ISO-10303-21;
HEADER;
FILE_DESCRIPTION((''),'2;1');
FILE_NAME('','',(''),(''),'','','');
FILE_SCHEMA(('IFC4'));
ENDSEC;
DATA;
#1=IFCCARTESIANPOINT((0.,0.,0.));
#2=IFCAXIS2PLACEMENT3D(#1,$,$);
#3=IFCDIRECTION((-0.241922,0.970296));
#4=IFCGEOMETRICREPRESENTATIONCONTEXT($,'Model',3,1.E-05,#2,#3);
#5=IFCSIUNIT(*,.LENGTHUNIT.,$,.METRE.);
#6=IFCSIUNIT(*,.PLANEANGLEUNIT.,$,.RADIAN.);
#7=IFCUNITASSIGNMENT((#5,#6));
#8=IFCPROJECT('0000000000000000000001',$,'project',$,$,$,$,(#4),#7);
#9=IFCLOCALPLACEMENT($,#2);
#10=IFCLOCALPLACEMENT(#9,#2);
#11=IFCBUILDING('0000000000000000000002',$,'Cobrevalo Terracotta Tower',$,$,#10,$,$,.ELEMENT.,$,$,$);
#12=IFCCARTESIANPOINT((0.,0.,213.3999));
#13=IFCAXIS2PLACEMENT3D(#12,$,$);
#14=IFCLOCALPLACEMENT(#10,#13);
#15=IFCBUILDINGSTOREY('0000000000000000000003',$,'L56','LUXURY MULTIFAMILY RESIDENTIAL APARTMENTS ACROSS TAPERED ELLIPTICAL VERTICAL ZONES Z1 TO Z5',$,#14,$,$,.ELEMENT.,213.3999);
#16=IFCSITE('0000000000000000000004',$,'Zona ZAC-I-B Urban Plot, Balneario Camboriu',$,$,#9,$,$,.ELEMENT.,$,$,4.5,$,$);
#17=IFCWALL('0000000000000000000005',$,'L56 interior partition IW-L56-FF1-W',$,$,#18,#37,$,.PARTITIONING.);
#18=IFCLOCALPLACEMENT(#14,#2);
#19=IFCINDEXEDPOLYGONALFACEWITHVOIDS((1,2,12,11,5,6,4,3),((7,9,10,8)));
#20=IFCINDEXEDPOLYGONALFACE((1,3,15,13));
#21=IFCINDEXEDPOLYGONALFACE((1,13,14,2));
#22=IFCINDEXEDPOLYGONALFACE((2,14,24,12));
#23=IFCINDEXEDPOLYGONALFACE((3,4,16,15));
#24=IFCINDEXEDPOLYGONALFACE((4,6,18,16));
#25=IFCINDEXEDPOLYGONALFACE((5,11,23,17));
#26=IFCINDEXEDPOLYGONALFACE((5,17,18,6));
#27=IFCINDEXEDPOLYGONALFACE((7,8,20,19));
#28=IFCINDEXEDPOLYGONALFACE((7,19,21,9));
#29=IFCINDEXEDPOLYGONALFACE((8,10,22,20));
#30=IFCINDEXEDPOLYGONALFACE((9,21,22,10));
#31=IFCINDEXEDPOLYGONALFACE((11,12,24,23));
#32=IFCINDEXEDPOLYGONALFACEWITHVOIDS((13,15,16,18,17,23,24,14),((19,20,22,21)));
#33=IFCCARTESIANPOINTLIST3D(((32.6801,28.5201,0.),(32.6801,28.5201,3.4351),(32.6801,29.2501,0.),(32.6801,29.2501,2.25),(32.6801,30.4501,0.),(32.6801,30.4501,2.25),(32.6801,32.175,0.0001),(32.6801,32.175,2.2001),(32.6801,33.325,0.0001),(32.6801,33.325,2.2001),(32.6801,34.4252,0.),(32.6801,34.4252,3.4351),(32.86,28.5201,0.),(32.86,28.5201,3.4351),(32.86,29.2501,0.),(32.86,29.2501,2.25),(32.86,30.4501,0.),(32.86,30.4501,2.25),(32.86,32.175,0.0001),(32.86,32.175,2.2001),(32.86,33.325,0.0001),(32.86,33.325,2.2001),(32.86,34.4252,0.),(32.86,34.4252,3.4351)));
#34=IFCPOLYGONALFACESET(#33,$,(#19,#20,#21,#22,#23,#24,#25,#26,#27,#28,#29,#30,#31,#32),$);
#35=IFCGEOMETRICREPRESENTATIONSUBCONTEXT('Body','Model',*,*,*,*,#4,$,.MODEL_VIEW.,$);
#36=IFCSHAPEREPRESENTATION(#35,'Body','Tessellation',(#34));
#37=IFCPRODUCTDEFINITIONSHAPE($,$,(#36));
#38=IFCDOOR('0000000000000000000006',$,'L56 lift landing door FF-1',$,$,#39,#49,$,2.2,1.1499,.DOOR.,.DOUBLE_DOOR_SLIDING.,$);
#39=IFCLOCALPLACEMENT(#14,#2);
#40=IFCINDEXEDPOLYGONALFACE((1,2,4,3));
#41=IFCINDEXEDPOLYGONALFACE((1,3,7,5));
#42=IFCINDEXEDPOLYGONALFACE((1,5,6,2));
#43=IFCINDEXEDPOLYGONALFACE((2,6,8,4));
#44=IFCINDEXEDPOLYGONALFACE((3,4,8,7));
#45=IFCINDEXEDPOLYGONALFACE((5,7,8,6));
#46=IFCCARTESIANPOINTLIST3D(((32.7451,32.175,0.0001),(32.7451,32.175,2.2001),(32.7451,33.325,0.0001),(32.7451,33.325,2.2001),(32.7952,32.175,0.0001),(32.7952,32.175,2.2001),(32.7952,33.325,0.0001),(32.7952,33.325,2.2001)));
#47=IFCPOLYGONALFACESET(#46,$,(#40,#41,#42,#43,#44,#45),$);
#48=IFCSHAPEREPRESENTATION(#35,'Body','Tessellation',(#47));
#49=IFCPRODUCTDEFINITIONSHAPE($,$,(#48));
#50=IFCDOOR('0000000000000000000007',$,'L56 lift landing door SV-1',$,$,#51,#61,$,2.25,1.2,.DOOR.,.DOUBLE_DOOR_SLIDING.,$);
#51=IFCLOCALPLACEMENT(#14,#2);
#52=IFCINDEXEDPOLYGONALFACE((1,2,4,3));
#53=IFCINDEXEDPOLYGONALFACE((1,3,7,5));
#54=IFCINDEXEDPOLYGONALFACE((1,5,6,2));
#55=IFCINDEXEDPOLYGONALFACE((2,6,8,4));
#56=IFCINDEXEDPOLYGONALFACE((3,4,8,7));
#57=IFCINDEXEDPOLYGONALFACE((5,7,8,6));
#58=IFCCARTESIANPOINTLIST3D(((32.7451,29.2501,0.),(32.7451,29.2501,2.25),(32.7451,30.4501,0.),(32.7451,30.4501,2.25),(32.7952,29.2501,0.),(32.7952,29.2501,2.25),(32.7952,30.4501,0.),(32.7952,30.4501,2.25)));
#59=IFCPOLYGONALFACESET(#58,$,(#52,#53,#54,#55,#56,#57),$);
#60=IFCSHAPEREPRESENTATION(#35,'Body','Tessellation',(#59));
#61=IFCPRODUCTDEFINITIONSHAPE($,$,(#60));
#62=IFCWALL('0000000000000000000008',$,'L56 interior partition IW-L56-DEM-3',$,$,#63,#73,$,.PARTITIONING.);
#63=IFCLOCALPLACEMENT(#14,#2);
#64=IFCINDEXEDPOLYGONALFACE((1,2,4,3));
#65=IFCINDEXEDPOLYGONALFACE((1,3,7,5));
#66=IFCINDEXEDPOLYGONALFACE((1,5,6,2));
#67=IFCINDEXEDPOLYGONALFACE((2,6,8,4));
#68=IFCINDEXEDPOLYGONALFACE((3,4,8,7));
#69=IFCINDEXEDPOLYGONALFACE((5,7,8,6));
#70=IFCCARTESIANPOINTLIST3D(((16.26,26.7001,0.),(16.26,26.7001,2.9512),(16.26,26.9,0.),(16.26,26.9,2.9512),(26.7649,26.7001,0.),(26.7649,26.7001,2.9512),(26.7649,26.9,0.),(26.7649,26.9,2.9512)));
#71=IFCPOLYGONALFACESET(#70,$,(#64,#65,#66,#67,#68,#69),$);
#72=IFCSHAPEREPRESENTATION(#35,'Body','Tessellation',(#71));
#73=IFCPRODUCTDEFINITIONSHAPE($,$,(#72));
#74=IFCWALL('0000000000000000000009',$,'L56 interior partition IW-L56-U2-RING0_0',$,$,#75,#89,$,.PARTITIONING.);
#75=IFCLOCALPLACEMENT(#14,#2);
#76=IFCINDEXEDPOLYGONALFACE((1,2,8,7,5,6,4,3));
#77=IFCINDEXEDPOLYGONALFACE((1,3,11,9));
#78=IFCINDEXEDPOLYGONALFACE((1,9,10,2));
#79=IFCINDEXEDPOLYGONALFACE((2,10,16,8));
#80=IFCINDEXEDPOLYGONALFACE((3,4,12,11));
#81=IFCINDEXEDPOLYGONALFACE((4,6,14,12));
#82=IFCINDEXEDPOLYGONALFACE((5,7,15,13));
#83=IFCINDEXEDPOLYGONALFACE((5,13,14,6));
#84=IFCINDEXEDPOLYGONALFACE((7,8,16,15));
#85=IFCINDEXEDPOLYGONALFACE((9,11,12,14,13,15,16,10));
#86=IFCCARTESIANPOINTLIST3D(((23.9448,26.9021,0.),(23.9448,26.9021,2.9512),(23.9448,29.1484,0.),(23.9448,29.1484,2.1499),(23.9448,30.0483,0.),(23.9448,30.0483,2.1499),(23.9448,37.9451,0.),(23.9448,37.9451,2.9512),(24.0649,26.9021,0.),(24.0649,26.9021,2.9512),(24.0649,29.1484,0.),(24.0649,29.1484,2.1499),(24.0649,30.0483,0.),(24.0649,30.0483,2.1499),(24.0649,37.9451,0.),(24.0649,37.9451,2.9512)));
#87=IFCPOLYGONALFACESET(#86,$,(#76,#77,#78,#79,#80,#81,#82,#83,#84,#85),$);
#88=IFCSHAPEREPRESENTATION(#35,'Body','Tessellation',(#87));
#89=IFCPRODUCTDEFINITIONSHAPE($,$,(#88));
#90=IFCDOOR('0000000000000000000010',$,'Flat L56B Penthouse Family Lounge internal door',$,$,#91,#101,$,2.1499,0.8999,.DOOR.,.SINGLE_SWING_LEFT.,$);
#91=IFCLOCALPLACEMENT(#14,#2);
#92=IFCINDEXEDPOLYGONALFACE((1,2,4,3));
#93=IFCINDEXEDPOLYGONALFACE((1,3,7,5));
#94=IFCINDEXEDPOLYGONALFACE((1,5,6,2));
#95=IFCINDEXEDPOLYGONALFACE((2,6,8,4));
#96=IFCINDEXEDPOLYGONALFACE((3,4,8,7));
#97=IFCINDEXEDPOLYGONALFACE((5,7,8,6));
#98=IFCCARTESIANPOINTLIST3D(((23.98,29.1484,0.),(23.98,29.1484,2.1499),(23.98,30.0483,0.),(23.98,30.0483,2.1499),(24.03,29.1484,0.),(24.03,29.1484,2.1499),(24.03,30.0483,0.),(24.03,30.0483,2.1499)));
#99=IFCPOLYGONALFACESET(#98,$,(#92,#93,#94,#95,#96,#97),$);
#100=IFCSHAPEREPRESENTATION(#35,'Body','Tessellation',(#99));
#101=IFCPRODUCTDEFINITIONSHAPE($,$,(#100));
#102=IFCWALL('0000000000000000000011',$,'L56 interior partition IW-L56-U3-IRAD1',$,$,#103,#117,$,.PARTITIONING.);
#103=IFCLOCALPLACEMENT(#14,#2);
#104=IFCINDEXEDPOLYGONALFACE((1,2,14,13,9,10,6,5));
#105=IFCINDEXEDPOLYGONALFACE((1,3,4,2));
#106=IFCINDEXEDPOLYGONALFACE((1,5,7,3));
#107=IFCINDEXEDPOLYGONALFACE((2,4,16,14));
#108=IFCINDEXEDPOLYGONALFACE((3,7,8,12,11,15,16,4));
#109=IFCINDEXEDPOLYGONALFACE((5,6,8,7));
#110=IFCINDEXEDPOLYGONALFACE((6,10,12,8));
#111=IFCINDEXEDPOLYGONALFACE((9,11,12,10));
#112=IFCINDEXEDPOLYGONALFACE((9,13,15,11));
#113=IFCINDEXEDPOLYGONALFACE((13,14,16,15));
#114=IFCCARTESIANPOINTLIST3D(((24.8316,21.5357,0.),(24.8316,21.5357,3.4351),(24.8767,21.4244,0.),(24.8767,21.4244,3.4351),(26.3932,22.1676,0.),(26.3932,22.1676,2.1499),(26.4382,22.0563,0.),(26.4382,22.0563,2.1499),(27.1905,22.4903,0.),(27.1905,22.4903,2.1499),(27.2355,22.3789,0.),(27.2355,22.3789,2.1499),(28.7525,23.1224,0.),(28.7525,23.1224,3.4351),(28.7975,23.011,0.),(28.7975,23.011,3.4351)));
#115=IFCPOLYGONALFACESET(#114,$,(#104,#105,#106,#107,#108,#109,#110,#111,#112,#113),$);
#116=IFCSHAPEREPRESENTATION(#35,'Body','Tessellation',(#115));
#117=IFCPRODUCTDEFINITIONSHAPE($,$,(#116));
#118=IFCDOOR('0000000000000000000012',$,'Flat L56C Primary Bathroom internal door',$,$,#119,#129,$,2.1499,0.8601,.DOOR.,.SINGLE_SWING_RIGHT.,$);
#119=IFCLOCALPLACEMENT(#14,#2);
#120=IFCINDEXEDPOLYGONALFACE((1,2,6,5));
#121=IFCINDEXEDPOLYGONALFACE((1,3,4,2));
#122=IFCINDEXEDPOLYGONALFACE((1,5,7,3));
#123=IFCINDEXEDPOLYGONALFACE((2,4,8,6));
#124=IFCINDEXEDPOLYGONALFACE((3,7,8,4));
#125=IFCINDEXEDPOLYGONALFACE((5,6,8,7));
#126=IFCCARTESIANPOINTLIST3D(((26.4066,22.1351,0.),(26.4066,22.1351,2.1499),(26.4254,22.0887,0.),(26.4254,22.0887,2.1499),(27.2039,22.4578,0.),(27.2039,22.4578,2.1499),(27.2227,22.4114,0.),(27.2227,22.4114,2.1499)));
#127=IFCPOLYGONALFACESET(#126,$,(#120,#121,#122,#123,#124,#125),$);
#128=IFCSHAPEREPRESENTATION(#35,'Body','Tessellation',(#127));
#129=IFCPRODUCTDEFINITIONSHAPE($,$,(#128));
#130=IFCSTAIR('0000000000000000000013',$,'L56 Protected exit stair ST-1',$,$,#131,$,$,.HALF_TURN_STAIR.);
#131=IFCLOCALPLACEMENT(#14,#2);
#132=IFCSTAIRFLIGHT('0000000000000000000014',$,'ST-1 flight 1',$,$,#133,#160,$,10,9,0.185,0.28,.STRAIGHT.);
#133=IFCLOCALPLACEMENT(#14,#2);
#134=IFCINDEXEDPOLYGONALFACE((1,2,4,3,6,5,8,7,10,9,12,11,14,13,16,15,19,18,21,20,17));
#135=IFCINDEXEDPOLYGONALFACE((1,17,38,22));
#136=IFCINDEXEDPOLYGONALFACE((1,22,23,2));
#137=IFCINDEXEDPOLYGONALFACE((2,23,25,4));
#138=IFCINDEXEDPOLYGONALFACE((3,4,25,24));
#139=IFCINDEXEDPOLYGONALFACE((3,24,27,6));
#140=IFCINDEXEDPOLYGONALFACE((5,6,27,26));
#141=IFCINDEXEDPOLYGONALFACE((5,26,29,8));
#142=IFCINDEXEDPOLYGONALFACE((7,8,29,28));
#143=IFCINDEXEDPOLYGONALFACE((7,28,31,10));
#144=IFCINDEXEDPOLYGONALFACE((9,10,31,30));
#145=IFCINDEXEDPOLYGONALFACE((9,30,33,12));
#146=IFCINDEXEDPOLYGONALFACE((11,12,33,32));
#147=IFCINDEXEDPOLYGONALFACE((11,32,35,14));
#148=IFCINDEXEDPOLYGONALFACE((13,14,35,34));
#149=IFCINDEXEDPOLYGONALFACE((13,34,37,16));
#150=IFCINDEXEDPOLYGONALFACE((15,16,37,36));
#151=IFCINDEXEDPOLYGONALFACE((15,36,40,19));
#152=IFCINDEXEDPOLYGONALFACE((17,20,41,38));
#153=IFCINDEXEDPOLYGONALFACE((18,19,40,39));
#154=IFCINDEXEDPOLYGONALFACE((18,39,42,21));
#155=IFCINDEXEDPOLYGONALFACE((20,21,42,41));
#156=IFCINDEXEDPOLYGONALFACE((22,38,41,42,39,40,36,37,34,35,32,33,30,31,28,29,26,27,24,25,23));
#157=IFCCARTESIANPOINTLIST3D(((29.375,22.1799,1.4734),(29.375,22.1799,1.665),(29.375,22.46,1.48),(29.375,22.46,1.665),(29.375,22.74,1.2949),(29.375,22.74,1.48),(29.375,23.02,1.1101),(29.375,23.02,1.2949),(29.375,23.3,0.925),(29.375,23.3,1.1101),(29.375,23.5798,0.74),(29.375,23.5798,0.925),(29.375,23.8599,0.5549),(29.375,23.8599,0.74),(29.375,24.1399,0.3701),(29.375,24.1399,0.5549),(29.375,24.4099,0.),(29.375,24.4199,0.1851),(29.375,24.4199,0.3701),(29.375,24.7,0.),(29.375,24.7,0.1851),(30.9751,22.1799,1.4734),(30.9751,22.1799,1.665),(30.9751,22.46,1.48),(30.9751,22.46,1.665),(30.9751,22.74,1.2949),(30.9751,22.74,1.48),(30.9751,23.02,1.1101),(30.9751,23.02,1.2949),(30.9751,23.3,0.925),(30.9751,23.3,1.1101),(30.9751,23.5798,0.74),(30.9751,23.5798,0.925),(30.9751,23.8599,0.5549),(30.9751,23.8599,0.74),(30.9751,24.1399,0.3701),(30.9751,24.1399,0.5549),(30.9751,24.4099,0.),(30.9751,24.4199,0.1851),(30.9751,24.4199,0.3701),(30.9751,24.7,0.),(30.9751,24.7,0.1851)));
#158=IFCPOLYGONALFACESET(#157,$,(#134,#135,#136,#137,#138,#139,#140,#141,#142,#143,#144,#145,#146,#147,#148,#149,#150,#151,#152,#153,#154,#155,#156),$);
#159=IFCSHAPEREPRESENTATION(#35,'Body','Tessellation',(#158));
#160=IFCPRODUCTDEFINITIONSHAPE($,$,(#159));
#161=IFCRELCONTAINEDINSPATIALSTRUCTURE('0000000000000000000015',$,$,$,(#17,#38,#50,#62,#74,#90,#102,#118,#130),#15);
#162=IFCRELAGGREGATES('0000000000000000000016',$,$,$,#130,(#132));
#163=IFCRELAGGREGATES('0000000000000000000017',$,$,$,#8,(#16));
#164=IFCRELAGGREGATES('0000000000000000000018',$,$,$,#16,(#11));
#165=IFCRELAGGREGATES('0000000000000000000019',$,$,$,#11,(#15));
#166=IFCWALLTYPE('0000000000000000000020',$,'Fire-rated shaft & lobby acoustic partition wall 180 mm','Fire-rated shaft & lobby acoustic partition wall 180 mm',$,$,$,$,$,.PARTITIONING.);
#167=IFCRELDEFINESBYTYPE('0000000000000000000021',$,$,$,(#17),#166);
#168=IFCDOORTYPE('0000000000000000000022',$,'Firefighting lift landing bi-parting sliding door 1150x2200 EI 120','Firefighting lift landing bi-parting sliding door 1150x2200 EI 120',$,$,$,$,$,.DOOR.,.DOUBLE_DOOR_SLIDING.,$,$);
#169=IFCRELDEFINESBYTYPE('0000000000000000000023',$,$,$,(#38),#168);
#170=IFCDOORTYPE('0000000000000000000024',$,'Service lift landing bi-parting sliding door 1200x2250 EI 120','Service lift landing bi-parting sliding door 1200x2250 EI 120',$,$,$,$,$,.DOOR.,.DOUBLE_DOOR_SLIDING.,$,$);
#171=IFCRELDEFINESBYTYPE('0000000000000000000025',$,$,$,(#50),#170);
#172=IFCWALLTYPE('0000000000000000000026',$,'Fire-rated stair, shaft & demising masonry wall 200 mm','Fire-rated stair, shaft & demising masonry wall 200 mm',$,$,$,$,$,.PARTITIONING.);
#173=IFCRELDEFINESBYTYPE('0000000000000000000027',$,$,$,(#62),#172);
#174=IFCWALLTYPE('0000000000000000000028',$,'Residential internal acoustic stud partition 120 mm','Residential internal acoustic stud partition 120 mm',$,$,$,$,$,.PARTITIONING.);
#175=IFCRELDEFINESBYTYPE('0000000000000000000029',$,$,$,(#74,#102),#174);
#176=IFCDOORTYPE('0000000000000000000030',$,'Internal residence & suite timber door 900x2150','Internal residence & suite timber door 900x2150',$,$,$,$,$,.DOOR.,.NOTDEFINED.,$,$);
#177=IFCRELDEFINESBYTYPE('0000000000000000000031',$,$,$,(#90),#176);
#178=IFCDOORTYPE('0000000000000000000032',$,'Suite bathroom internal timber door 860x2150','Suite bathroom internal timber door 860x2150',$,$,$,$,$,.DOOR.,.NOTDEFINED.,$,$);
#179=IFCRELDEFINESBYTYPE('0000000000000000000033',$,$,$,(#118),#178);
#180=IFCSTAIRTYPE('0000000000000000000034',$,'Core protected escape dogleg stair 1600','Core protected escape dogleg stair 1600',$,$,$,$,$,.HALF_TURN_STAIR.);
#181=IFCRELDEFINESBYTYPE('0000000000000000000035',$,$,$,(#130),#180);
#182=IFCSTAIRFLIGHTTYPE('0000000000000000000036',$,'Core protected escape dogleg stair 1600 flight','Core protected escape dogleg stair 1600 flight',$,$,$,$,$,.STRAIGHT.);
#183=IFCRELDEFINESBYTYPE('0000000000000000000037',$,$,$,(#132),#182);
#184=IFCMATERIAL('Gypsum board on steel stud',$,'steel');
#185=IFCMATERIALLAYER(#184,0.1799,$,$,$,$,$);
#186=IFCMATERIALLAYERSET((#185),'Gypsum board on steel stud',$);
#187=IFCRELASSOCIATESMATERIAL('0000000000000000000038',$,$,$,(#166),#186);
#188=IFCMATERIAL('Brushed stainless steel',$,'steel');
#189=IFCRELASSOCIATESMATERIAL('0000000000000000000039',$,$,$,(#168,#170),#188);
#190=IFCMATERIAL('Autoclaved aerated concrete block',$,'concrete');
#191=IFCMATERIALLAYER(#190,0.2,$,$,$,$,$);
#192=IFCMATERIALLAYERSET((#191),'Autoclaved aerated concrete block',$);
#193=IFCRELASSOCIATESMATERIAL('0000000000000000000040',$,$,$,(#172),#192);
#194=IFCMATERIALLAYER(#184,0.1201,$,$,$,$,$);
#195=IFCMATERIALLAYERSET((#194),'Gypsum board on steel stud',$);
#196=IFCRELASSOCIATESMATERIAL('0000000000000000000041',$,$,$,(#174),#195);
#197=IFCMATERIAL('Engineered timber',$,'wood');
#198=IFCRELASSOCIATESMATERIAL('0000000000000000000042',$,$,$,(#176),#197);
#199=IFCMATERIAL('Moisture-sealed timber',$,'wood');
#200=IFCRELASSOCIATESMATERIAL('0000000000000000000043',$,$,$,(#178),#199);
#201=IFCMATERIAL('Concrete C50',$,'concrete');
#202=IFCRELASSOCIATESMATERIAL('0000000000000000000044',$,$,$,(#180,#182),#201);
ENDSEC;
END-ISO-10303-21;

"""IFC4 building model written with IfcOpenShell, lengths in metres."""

from ifc_helpers import new_model, si_unit, direction, frame, frame_2d, origin, place, context, subcontext, project, spatial, polyline, rectangle, outline, extrude, source, transform, mapped, material, layer, layer_set, type_object, element, fill, aggregate, save


model = new_model("IFC4")

# Units and contexts
model_context = context("Model", 3, precision=1e-05, world=origin(), true_north=direction((-0.241922, 0.970296)))
body_context = subcontext(model_context, "Body", "Model", "MODEL_VIEW")
ifc_project = project(units=[si_unit("LENGTHUNIT", "METRE"), si_unit("PLANEANGLEUNIT", "RADIAN")], contexts=[model_context])

# Site, building, storey
site_placement = place(None, origin())
site = spatial("IfcSite", under=ifc_project, at=site_placement, Name="Zona ZAC-I-B Urban Plot, Balneario Camboriu", CompositionType="ELEMENT", RefElevation=4.5)
building_placement = place(site_placement, origin())
building = spatial("IfcBuilding", under=site, at=building_placement, Name="Cobrevalo Terracotta Tower", CompositionType="ELEMENT")
storey_placement = place(building_placement, frame((0.0, 0.0, 213.3999)))
storey = spatial("IfcBuildingStorey", under=building, at=storey_placement, Name="L56", Description="LUXURY MULTIFAMILY RESIDENTIAL APARTMENTS ACROSS TAPERED ELLIPTICAL VERTICAL ZONES Z1 TO Z5", CompositionType="ELEMENT", Elevation=213.3999)

# Shared definitions
ifc_material_1 = material(Name="Gypsum board on steel stud", Category="steel")

# Shared definitions
ifc_layer_1 = layer(ifc_material_1, 0.1799)
ifc_layer_set_1 = layer_set([ifc_layer_1], Name="Gypsum board on steel stud")
wall_type_1 = type_object("IfcWallType", Name="Fire-rated shaft & lobby acoustic partition wall 180 mm", Description="Fire-rated shaft & lobby acoustic partition wall 180 mm", PredefinedType="PARTITIONING", material=ifc_layer_set_1)

# Wall, openings, doors
wall_1_placement = place(storey_placement, frame((32.77, 28.52, 0.0), z_axis=(0.0, 0.0, 1.0), x_axis=(0.0, 1.0, 0.0)))
wall_1 = element("IfcWall", 1, at=wall_1_placement, inside=storey, type_object=wall_type_1, Name="L56 interior partition IW-L56-FF1-W", PredefinedType="PARTITIONING", context=body_context, shape_type="SweptSolid", body=[
    extrude(rectangle(XDim=5.905, YDim=0.1799, at=frame_2d((2.9526, 0.0))), origin(), (0.0, 0.0, 1.0), 3.4351),
])
opening_1_placement = place(wall_1_placement, frame((3.655, 0.0, 0.0)))
opening_1 = element("IfcOpeningElement", 2, at=opening_1_placement, cuts=wall_1, PredefinedType="OPENING", context=body_context, shape_type="SweptSolid", body=[
    extrude(rectangle(XDim=1.1499, YDim=2.2, at=frame_2d((0.575, 1.1001))), frame((0.0, 0.1001, 0.0), z_axis=(0.0, -1.0, 0.0), x_axis=(1.0, 0.0, 0.0)), (0.0, 0.0, 1.0), 0.2),
])
opening_2_placement = place(wall_1_placement, frame((0.73, 0.0, 0.0)))
opening_2 = element("IfcOpeningElement", 3, at=opening_2_placement, cuts=wall_1, PredefinedType="OPENING", context=body_context, shape_type="SweptSolid", body=[
    extrude(rectangle(XDim=1.2, YDim=2.25, at=frame_2d((0.6001, 1.125))), frame((0.0, 0.1001, 0.0), z_axis=(0.0, -1.0, 0.0), x_axis=(1.0, 0.0, 0.0)), (0.0, 0.0, 1.0), 0.2),
])
ifc_material_2 = material(Name="Brushed stainless steel", Category="steel")
door_type_1 = type_object("IfcDoorType", Name="Firefighting lift landing bi-parting sliding door 1150x2200 EI 120", Description="Firefighting lift landing bi-parting sliding door 1150x2200 EI 120", OperationType="DOUBLE_DOOR_SLIDING", PredefinedType="DOOR", material=ifc_material_2)
shared_shape_1 = source(origin(), body_context, "Body", "SweptSolid", [
    extrude(rectangle(XDim=1.1499, YDim=2.2, at=frame_2d((0.575, 1.1001))), frame((0.0, 0.0249, 0.0), z_axis=(0.0, -1.0, 0.0), x_axis=(1.0, 0.0, 0.0)), (0.0, 0.0, 1.0), 0.05),
])
door_1_placement = place(opening_1_placement, origin())
door_1 = element("IfcDoor", 4, at=door_1_placement, inside=storey, type_object=door_type_1, Name="L56 lift landing door FF-1", OperationType="DOUBLE_DOOR_SLIDING", OverallHeight=2.2, OverallWidth=1.1499, PredefinedType="DOOR", context=body_context, shape_type="MappedRepresentation", body=[
    mapped(shared_shape_1, transform((0.0, 0.0, 0.0), scale=1.0)),
])
fill(opening_1, door_1)
door_type_2 = type_object("IfcDoorType", Name="Service lift landing bi-parting sliding door 1200x2250 EI 120", Description="Service lift landing bi-parting sliding door 1200x2250 EI 120", OperationType="DOUBLE_DOOR_SLIDING", PredefinedType="DOOR", material=ifc_material_2)
shared_shape_2 = source(origin(), body_context, "Body", "SweptSolid", [
    extrude(rectangle(XDim=1.2, YDim=2.25, at=frame_2d((0.6001, 1.125))), frame((0.0, 0.0249, 0.0), z_axis=(0.0, -1.0, 0.0), x_axis=(1.0, 0.0, 0.0)), (0.0, 0.0, 1.0), 0.05),
])
door_2_placement = place(opening_2_placement, origin())
door_2 = element("IfcDoor", 5, at=door_2_placement, inside=storey, type_object=door_type_2, Name="L56 lift landing door SV-1", OperationType="DOUBLE_DOOR_SLIDING", OverallHeight=2.25, OverallWidth=1.2, PredefinedType="DOOR", context=body_context, shape_type="MappedRepresentation", body=[
    mapped(shared_shape_2, transform((0.0, 0.0, 0.0), scale=1.0)),
])
fill(opening_2, door_2)

# Wall
ifc_material_3 = material(Name="Autoclaved aerated concrete block", Category="concrete")
ifc_layer_2 = layer(ifc_material_3, 0.2)
ifc_layer_set_2 = layer_set([ifc_layer_2], Name="Autoclaved aerated concrete block")
wall_type_2 = type_object("IfcWallType", Name="Fire-rated stair, shaft & demising masonry wall 200 mm", Description="Fire-rated stair, shaft & demising masonry wall 200 mm", PredefinedType="PARTITIONING", material=ifc_layer_set_2)
wall_2_placement = place(storey_placement, frame((26.7649, 26.8, 0.0), z_axis=(0.0, 0.0, 1.0), x_axis=(-1.0, 0.0, 0.0)))
element("IfcWall", 6, at=wall_2_placement, inside=storey, type_object=wall_type_2, Name="L56 interior partition IW-L56-DEM-3", PredefinedType="PARTITIONING", context=body_context, shape_type="SweptSolid", body=[
    extrude(rectangle(XDim=10.5049, YDim=0.2, at=frame_2d((5.2524, 0.0))), origin(), (0.0, 0.0, 1.0), 2.9512),
])

# Walls, openings, doors
ifc_layer_3 = layer(ifc_material_1, 0.1201)
ifc_layer_set_3 = layer_set([ifc_layer_3], Name="Gypsum board on steel stud")
wall_type_3 = type_object("IfcWallType", Name="Residential internal acoustic stud partition 120 mm", Description="Residential internal acoustic stud partition 120 mm", PredefinedType="PARTITIONING", material=ifc_layer_set_3)
wall_3_placement = place(storey_placement, frame((24.0049, 26.9021, 0.0), z_axis=(0.0, 0.0, 1.0), x_axis=(0.0, 1.0, 0.0)))
wall_3 = element("IfcWall", 7, at=wall_3_placement, inside=storey, type_object=wall_type_3, Name="L56 interior partition IW-L56-U2-RING0_0", PredefinedType="PARTITIONING", context=body_context, shape_type="SweptSolid", body=[
    extrude(rectangle(XDim=11.043, YDim=0.1201, at=frame_2d((5.5215, 0.0))), origin(), (0.0, 0.0, 1.0), 2.9512),
])
opening_3_placement = place(wall_3_placement, frame((2.2463, 0.0, 0.0)))
opening_3 = element("IfcOpeningElement", 8, at=opening_3_placement, cuts=wall_3, PredefinedType="OPENING", context=body_context, shape_type="SweptSolid", body=[
    extrude(rectangle(XDim=0.8999, YDim=2.1499, at=frame_2d((0.45, 1.075))), frame((0.0, 0.0701, 0.0), z_axis=(0.0, -1.0, 0.0), x_axis=(1.0, 0.0, 0.0)), (0.0, 0.0, 1.0), 0.1401),
])
ifc_material_4 = material(Name="Engineered timber", Category="wood")
door_type_3 = type_object("IfcDoorType", Name="Internal residence & suite timber door 900x2150", Description="Internal residence & suite timber door 900x2150", OperationType="NOTDEFINED", PredefinedType="DOOR", material=ifc_material_4)
shared_shape_3 = source(origin(), body_context, "Body", "SweptSolid", [
    extrude(rectangle(XDim=0.8999, YDim=2.1499, at=frame_2d((0.45, 1.075))), frame((0.0, 0.0249, 0.0), z_axis=(0.0, -1.0, 0.0), x_axis=(1.0, 0.0, 0.0)), (0.0, 0.0, 1.0), 0.05),
])
door_3_placement = place(opening_3_placement, origin())
door_3 = element("IfcDoor", 9, at=door_3_placement, inside=storey, type_object=door_type_3, Name="Flat L56B Penthouse Family Lounge internal door", OperationType="SINGLE_SWING_LEFT", OverallHeight=2.1499, OverallWidth=0.8999, PredefinedType="DOOR", context=body_context, shape_type="MappedRepresentation", body=[
    mapped(shared_shape_3, transform((0.0, 0.0, 0.0), scale=1.0)),
])
fill(opening_3, door_3)
wall_4_placement = place(storey_placement, frame((28.7749, 23.0667, 0.0), z_axis=(0.0, 0.0, 1.0), x_axis=(-0.926976, -0.37512, 0.0)))
wall_4 = element("IfcWall", 10, at=wall_4_placement, inside=storey, type_object=wall_type_3, Name="L56 interior partition IW-L56-U3-IRAD1", PredefinedType="PARTITIONING", context=body_context, shape_type="SweptSolid", body=[
    extrude(rectangle(XDim=4.2297, YDim=0.1201, at=frame_2d((2.1147, 0.0))), origin(), (0.0, 0.0, 1.0), 3.4351),
])
opening_4_placement = place(wall_4_placement, frame((1.6848, 0.0, 0.0)))
opening_4 = element("IfcOpeningElement", 11, at=opening_4_placement, cuts=wall_4, PredefinedType="OPENING", context=body_context, shape_type="SweptSolid", body=[
    extrude(rectangle(XDim=0.8601, YDim=2.1499, at=frame_2d((0.4302, 1.075))), frame((0.0, 0.0701, 0.0), z_axis=(0.0, -1.0, 0.0), x_axis=(1.0, 0.0, 0.0)), (0.0, 0.0, 1.0), 0.1401),
])
ifc_material_5 = material(Name="Moisture-sealed timber", Category="wood")
door_type_4 = type_object("IfcDoorType", Name="Suite bathroom internal timber door 860x2150", Description="Suite bathroom internal timber door 860x2150", OperationType="NOTDEFINED", PredefinedType="DOOR", material=ifc_material_5)
shared_shape_4 = source(origin(), body_context, "Body", "SweptSolid", [
    extrude(rectangle(XDim=0.8601, YDim=2.1499, at=frame_2d((0.4302, 1.075))), frame((0.0, 0.0249, 0.0), z_axis=(0.0, -1.0, 0.0), x_axis=(1.0, 0.0, 0.0)), (0.0, 0.0, 1.0), 0.05),
])
door_4_placement = place(opening_4_placement, frame((0.8601, 0.0, 0.0), z_axis=(0.0, 0.0, 1.0), x_axis=(-1.0, 0.0, 0.0)))
door_4 = element("IfcDoor", 12, at=door_4_placement, inside=storey, type_object=door_type_4, Name="Flat L56C Primary Bathroom internal door", OperationType="SINGLE_SWING_RIGHT", OverallHeight=2.1499, OverallWidth=0.8601, PredefinedType="DOOR", context=body_context, shape_type="MappedRepresentation", body=[
    mapped(shared_shape_4, transform((0.0, 0.0, 0.0), scale=1.0)),
])
fill(opening_4, door_4)
ifc_material_6 = material(Name="Concrete C50", Category="concrete")

# Stair, stair flight
stair_type = type_object("IfcStairType", Name="Core protected escape dogleg stair 1600", Description="Core protected escape dogleg stair 1600", PredefinedType="HALF_TURN_STAIR", material=ifc_material_6)
stair_placement = place(storey_placement, origin())
stair = element("IfcStair", 13, at=stair_placement, inside=storey, type_object=stair_type, Name="L56 Protected exit stair ST-1", PredefinedType="HALF_TURN_STAIR")
stair_flight_type = type_object("IfcStairFlightType", Name="Core protected escape dogleg stair 1600 flight", Description="Core protected escape dogleg stair 1600 flight", PredefinedType="STRAIGHT", material=ifc_material_6)
stair_flight_placement = place(storey_placement, frame((30.175, 24.7, 0.0), z_axis=(0.0, 0.0, 1.0), x_axis=(0.0, -1.0, 0.0)))
stair_flight = element("IfcStairFlight", 14, at=stair_flight_placement, type_object=stair_flight_type, Name="ST-1 flight 1", NumberOfRisers=10, NumberOfTreads=9, PredefinedType="STRAIGHT", RiserHeight=0.185, TreadLength=0.28, context=body_context, shape_type="SweptSolid", body=[
    extrude(outline(polyline([(0.0, 0.0), (0.0, 0.1851), (0.28, 0.1851), (0.28, 0.3701), (0.5601, 0.3701), (0.5601, 0.5549), (0.8401, 0.5549), (0.8401, 0.74), (1.1201, 0.74), (1.1201, 0.925), (1.3999, 0.925), (1.3999, 1.1101), (1.6799, 1.1101), (1.6799, 1.2949), (1.96, 1.2949), (1.96, 1.48), (2.24, 1.48), (2.24, 1.665), (2.52, 1.665), (2.52, 1.8501), (2.52, 1.4734), (0.29, 0.0), (0.0, 0.0)])), frame((0.0, 0.8, 0.0), z_axis=(0.0, -1.0, 0.0), x_axis=(1.0, 0.0, 0.0)), (0.0, 0.0, 1.0), 1.6001),
])
aggregate(stair, [stair_flight])

save(model, "model.ifc")
